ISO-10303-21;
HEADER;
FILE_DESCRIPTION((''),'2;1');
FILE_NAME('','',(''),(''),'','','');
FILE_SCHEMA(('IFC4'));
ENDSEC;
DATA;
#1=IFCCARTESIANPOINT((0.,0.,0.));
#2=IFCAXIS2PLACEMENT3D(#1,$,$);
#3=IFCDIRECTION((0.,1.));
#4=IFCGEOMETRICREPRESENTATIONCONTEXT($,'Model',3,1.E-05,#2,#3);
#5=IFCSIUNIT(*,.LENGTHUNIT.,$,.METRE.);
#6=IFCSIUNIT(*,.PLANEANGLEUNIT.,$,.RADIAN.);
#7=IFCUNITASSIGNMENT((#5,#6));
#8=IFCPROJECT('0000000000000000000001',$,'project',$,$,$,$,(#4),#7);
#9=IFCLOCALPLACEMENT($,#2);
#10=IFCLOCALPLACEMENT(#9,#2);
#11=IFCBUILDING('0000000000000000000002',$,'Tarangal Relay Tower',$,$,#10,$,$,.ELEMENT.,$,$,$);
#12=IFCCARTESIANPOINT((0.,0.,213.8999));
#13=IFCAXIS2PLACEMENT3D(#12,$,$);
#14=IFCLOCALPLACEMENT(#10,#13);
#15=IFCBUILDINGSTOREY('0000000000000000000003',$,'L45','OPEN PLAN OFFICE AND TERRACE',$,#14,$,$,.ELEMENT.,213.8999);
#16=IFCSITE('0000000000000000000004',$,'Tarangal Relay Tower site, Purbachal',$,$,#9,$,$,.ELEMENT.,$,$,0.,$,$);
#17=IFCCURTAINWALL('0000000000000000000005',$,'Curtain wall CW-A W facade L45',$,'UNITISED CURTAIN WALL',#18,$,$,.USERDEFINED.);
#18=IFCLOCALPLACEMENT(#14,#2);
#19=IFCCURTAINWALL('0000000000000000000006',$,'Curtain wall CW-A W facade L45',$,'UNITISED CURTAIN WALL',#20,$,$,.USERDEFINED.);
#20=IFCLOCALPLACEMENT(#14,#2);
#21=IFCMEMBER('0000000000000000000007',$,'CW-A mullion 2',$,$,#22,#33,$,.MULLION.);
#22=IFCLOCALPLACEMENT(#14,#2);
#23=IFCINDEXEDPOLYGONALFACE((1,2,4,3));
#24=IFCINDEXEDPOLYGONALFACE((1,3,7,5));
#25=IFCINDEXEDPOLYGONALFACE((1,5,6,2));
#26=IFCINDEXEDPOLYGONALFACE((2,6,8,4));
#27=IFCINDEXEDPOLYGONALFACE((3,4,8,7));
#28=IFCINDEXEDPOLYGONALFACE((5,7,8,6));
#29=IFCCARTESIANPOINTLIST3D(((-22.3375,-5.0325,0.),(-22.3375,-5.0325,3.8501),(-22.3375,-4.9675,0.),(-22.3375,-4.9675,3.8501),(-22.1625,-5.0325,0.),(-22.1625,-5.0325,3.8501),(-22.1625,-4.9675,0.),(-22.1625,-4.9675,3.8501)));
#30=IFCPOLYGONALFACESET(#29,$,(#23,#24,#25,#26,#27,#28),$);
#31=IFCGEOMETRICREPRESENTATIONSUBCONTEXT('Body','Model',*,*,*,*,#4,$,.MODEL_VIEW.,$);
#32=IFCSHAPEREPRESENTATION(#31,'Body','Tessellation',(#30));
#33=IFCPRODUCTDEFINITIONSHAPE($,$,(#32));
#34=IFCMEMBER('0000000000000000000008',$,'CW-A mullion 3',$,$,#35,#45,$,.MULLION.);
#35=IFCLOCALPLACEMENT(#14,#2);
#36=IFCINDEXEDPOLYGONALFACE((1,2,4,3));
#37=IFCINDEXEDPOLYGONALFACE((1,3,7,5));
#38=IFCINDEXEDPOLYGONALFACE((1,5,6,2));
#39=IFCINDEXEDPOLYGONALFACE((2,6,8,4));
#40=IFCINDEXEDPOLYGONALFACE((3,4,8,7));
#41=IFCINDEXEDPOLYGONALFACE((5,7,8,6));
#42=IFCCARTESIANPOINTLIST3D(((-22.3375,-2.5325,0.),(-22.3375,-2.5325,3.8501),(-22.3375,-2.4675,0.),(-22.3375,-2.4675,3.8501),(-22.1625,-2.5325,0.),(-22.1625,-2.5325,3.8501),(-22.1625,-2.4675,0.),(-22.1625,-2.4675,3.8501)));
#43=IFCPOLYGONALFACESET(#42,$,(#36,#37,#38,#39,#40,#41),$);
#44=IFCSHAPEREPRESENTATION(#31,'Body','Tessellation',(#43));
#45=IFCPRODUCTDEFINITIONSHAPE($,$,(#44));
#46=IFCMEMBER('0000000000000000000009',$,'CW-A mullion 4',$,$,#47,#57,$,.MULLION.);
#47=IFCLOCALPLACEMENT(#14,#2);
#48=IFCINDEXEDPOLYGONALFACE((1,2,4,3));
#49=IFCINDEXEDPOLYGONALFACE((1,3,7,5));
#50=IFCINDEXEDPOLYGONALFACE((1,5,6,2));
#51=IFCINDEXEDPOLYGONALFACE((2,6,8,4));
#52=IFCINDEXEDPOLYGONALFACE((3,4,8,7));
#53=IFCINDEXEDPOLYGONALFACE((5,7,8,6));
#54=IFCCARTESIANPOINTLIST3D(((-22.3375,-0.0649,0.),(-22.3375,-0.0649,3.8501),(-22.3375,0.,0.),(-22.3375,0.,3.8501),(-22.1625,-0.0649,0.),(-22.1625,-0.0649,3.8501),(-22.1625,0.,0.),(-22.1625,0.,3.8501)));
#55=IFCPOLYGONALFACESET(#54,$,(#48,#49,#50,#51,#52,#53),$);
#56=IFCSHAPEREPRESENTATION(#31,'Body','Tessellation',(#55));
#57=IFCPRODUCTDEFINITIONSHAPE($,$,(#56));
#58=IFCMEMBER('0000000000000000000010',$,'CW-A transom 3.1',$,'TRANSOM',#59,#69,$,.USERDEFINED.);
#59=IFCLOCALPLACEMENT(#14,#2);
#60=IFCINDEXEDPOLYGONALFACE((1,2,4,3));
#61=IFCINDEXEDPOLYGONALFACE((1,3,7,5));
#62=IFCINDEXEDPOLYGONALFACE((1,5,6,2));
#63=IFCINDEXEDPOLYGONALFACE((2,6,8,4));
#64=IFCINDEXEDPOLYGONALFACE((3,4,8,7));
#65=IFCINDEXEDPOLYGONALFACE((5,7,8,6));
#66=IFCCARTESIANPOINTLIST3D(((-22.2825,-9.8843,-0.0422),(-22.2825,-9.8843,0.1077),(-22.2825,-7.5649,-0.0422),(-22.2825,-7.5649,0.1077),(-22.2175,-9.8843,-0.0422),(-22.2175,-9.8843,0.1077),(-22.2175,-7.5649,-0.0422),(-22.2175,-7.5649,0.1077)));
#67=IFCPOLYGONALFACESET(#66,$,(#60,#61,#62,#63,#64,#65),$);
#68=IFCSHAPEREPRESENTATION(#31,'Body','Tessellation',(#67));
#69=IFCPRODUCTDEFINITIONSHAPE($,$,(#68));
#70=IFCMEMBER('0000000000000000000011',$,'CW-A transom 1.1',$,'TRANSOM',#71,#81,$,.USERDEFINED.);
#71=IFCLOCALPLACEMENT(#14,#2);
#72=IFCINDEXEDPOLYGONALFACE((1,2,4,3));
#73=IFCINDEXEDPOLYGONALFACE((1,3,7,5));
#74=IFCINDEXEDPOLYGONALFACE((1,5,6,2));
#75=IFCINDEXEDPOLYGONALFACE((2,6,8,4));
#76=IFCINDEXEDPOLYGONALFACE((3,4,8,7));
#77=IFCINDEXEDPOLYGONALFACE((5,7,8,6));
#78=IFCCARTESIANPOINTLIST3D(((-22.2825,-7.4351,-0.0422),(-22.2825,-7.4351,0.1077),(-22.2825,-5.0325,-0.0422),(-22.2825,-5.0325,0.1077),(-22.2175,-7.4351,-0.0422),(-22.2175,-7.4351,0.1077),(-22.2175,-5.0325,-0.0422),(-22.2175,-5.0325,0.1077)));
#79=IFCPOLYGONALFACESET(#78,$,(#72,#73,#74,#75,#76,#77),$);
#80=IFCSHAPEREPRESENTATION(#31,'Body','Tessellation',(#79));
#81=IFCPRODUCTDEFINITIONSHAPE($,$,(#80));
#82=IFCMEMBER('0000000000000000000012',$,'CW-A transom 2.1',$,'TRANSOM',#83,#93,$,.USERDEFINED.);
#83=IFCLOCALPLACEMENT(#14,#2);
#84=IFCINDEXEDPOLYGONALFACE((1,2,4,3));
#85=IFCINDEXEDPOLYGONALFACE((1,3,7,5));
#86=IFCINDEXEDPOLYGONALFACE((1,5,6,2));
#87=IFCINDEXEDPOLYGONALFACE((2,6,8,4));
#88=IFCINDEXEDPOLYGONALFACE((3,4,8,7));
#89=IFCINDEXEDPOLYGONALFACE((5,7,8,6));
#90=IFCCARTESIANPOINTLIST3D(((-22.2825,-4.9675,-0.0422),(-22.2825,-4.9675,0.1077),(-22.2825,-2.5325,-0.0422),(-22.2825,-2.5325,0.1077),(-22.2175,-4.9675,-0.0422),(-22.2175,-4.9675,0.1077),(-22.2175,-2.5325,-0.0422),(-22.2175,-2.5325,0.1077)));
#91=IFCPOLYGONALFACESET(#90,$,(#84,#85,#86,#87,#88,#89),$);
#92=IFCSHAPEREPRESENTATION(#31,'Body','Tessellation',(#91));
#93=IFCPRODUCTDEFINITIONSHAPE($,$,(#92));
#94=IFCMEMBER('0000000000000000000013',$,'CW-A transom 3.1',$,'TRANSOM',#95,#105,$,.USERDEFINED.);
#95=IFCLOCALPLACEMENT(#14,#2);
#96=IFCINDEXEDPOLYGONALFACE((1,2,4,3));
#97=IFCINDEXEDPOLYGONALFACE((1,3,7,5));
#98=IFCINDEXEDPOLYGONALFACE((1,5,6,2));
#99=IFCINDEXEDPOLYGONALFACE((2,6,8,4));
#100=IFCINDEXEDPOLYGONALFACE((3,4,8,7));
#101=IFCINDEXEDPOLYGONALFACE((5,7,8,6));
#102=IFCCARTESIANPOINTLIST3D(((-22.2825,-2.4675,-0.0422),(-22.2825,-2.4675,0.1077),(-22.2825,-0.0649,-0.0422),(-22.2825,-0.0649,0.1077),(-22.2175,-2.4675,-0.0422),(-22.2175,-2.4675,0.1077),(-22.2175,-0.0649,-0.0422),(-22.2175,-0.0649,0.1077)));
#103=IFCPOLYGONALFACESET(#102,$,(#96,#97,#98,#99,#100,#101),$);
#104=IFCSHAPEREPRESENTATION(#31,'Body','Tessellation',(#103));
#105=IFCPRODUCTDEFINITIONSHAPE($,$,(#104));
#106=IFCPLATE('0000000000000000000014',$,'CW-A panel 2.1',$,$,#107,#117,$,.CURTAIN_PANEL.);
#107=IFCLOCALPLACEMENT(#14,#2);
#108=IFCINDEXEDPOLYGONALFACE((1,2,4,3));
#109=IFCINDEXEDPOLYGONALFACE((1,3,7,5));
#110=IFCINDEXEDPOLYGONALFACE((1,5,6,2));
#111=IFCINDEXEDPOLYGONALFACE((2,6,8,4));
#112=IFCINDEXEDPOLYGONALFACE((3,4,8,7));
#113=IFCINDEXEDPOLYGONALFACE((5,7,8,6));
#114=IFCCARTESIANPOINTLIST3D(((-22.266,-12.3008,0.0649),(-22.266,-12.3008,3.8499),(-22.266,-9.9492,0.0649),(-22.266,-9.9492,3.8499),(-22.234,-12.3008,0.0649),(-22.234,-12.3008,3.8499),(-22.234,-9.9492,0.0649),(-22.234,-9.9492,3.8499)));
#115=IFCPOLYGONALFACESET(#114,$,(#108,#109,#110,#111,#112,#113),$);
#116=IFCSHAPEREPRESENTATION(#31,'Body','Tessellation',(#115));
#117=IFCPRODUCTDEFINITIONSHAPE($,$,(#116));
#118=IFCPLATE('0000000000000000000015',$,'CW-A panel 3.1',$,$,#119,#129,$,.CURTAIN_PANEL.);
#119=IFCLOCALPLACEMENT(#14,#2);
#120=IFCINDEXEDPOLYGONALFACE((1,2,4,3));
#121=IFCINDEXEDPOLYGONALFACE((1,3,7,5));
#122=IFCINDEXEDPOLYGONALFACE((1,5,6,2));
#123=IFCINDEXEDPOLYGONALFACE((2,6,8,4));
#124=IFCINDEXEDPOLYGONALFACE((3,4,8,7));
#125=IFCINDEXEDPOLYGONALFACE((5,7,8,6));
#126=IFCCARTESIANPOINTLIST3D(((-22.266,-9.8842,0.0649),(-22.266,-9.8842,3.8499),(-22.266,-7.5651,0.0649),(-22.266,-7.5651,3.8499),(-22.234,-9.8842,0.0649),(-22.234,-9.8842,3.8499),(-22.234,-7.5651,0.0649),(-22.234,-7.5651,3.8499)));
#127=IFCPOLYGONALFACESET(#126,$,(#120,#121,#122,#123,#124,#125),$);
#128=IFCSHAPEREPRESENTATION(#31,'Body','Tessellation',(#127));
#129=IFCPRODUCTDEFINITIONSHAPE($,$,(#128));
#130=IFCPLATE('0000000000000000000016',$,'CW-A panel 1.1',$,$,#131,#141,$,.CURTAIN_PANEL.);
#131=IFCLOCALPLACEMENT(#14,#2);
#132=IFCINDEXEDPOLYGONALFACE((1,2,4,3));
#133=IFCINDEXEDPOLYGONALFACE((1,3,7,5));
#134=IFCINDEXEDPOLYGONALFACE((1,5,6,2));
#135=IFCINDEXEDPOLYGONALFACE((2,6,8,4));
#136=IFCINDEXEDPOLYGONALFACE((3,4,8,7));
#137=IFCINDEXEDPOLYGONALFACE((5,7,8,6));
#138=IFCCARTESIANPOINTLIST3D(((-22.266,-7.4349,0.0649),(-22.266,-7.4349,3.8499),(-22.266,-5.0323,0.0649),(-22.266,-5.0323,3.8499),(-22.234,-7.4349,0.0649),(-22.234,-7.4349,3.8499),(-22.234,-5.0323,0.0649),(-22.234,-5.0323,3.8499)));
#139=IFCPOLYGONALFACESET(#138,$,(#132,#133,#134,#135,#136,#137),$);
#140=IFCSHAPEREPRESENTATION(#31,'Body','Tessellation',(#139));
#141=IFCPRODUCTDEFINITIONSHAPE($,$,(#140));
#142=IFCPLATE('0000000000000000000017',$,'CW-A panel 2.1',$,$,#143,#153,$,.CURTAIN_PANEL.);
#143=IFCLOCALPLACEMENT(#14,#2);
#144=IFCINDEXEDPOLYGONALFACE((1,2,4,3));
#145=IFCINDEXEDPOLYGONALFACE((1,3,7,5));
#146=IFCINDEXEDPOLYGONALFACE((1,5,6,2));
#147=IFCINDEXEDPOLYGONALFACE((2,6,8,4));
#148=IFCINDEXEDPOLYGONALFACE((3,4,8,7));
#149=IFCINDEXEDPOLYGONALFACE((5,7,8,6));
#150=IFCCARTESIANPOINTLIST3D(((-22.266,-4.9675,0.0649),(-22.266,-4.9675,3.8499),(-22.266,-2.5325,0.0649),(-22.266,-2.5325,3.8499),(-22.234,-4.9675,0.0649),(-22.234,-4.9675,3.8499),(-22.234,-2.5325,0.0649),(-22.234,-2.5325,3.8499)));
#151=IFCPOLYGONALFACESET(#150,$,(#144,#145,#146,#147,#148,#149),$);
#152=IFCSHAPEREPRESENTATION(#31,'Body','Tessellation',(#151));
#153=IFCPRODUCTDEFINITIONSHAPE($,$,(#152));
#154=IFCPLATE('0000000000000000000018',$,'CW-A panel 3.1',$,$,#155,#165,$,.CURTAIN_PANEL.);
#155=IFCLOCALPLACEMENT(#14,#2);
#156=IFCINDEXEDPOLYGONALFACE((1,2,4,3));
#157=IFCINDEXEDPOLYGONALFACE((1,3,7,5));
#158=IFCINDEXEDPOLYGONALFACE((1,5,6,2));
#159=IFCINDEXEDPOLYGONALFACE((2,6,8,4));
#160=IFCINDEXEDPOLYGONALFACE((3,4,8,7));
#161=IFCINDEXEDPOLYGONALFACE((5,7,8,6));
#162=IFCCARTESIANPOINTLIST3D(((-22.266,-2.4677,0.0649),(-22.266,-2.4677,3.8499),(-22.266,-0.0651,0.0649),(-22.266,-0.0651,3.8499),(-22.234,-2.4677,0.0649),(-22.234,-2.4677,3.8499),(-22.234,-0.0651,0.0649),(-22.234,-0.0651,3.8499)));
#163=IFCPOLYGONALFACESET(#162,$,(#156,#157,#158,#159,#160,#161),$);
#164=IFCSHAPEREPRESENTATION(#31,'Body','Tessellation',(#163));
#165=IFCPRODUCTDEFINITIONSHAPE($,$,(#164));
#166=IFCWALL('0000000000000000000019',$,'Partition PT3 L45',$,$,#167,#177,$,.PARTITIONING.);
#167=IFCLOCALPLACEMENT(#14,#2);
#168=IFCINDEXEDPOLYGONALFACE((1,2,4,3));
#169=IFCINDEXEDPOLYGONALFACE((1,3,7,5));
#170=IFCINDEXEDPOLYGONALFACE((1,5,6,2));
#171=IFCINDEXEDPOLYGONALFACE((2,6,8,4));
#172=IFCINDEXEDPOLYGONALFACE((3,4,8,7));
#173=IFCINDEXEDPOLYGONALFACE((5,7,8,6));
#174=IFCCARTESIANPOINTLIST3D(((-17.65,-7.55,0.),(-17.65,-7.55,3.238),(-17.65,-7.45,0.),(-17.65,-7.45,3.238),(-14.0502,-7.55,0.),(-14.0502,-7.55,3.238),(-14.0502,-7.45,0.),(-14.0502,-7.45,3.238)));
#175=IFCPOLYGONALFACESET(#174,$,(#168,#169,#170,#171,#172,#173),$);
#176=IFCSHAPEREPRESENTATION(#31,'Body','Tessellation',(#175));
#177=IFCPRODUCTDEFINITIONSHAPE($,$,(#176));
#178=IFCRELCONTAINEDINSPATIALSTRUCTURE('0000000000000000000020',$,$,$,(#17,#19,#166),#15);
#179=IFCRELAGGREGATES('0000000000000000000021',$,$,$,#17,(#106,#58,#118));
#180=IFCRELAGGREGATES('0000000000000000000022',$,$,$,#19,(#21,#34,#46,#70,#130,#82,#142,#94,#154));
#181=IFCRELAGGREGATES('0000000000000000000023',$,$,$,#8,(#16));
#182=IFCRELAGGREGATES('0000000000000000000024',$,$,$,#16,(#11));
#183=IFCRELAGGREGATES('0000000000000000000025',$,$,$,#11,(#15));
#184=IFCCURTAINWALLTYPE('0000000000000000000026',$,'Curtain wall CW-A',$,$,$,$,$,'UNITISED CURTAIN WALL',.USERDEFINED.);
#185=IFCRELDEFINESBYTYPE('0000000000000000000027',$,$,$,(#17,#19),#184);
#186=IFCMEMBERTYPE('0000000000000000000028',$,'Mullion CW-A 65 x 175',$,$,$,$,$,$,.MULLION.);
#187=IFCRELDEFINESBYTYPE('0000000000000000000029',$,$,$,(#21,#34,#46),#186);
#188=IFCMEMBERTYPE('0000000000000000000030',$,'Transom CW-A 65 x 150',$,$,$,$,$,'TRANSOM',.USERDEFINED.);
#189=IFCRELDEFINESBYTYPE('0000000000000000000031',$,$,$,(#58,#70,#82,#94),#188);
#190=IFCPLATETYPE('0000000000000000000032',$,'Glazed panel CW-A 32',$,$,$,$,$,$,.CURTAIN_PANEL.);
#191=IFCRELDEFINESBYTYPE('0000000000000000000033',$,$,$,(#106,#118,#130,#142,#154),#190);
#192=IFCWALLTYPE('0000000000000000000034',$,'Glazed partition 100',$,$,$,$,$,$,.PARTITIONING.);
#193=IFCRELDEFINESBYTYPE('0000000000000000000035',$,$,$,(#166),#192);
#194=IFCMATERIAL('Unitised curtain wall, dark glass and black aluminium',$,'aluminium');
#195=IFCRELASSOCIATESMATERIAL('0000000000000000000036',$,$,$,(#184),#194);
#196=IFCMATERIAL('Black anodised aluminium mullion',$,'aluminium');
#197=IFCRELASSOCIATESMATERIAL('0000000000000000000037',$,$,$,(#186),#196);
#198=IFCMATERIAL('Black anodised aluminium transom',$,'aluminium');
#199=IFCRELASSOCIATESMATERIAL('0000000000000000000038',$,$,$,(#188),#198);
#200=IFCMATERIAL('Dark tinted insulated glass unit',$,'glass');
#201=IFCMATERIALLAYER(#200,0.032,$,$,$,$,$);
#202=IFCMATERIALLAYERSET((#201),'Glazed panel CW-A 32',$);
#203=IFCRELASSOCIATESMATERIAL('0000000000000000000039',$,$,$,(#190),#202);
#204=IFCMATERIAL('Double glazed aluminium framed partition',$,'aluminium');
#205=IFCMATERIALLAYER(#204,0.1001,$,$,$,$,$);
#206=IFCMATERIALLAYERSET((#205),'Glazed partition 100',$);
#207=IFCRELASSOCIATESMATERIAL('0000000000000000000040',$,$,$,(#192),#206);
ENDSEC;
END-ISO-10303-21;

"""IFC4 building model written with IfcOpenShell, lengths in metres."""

from ifc_helpers import new_model, si_unit, direction, frame, frame_2d, origin, origin_2d, place, context, subcontext, project, spatial, rectangle, extrude, material, layer, layer_set, material_profile, profile_set, type_object, element, aggregate, save


model = new_model("IFC4")

# Units and contexts
model_context = context("Model", 3, precision=1e-05, world=origin(), true_north=direction((0.0, 1.0)))
body_context = subcontext(model_context, "Body", "Model", "MODEL_VIEW")
ifc_project = project(units=[si_unit("LENGTHUNIT", "METRE"), si_unit("PLANEANGLEUNIT", "RADIAN")], contexts=[model_context])

# Site, building, storey
site_placement = place(None, origin())
site = spatial("IfcSite", under=ifc_project, at=site_placement, Name="Tarangal Relay Tower site, Purbachal", CompositionType="ELEMENT", RefElevation=0.0)
building_placement = place(site_placement, origin())
building = spatial("IfcBuilding", under=site, at=building_placement, Name="Tarangal Relay Tower", CompositionType="ELEMENT")
storey_placement = place(building_placement, frame((0.0, 0.0, 213.8999)))
storey = spatial("IfcBuildingStorey", under=building, at=storey_placement, Name="L45", Description="OPEN PLAN OFFICE AND TERRACE", CompositionType="ELEMENT", Elevation=213.8999)

# Curtain walls, members
ifc_material_1 = material(Name="Unitised curtain wall, dark glass and black aluminium", Category="aluminium")
curtain_wall_type = type_object("IfcCurtainWallType", Name="Curtain wall CW-A", ElementType="UNITISED CURTAIN WALL", PredefinedType="USERDEFINED", material=ifc_material_1)
curtain_wall_1_placement = place(storey_placement, origin())
curtain_wall_1 = element("IfcCurtainWall", 1, at=curtain_wall_1_placement, inside=storey, type_object=curtain_wall_type, Name="Curtain wall CW-A W facade L45", ObjectType="UNITISED CURTAIN WALL", PredefinedType="USERDEFINED")
ifc_material_2 = material(Name="Black anodised aluminium mullion", Category="aluminium")
ifc_material_profile_1 = material_profile(ifc_material_2, rectangle(XDim=0.175, YDim=0.0649, at=origin_2d()), Name="CW-AM 65X175")
ifc_profile_set_1 = profile_set([ifc_material_profile_1], Name="Black anodised aluminium mullion")
member_type_1 = type_object("IfcMemberType", Name="Mullion CW-A 65 x 175", PredefinedType="MULLION", material=ifc_profile_set_1)
curtain_wall_2_placement = place(storey_placement, origin())
curtain_wall_2 = element("IfcCurtainWall", 2, at=curtain_wall_2_placement, inside=storey, type_object=curtain_wall_type, Name="Curtain wall CW-A W facade L45", ObjectType="UNITISED CURTAIN WALL", PredefinedType="USERDEFINED")
member_1_placement = place(storey_placement, frame((-22.25, -5.0, 0.0), z_axis=(0.0, 0.0, 1.0), x_axis=(-1.0, 0.0, 0.0)))
member_1 = element("IfcMember", 3, at=member_1_placement, type_object=member_type_1, Name="CW-A mullion 2", PredefinedType="MULLION", context=body_context, shape_type="SweptSolid", body=[
    extrude(rectangle(XDim=0.175, YDim=0.0649, at=origin_2d()), origin(), (0.0, 0.0, 1.0), 3.8501),
])
member_2_placement = place(storey_placement, frame((-22.25, -2.5, 0.0), z_axis=(0.0, 0.0, 1.0), x_axis=(-1.0, 0.0, 0.0)))
member_2 = element("IfcMember", 4, at=member_2_placement, type_object=member_type_1, Name="CW-A mullion 3", PredefinedType="MULLION", context=body_context, shape_type="SweptSolid", body=[
    extrude(rectangle(XDim=0.175, YDim=0.0649, at=origin_2d()), origin(), (0.0, 0.0, 1.0), 3.8501),
])
member_3_placement = place(storey_placement, frame((-22.25, -0.0325, 0.0), z_axis=(0.0, 0.0, 1.0), x_axis=(-1.0, 0.0, 0.0)))
member_3 = element("IfcMember", 5, at=member_3_placement, type_object=member_type_1, Name="CW-A mullion 4", PredefinedType="MULLION", context=body_context, shape_type="SweptSolid", body=[
    extrude(rectangle(XDim=0.175, YDim=0.0649, at=origin_2d()), origin(), (0.0, 0.0, 1.0), 3.8501),
])

# Members
ifc_material_3 = material(Name="Black anodised aluminium transom", Category="aluminium")
ifc_material_profile_2 = material_profile(ifc_material_3, rectangle(XDim=0.0649, YDim=0.1499, at=origin_2d()), Name="CW-AT 65X150")
ifc_profile_set_2 = profile_set([ifc_material_profile_2], Name="Black anodised aluminium transom")
member_type_2 = type_object("IfcMemberType", Name="Transom CW-A 65 x 150", ElementType="TRANSOM", PredefinedType="USERDEFINED", material=ifc_profile_set_2)
member_4_placement = place(storey_placement, frame((-22.25, -9.8843, 0.0327), z_axis=(0.0, 1.0, 0.0), x_axis=(-1.0, 0.0, 0.0)))
member_4 = element("IfcMember", 6, at=member_4_placement, type_object=member_type_2, Name="CW-A transom 3.1", ObjectType="TRANSOM", PredefinedType="USERDEFINED", context=body_context, shape_type="SweptSolid", body=[
    extrude(rectangle(XDim=0.0649, YDim=0.1499, at=origin_2d()), origin(), (0.0, 0.0, 1.0), 2.3193),
])
member_5_placement = place(storey_placement, frame((-22.25, -7.4351, 0.0327), z_axis=(0.0, 1.0, 0.0), x_axis=(-1.0, 0.0, 0.0)))
member_5 = element("IfcMember", 7, at=member_5_placement, type_object=member_type_2, Name="CW-A transom 1.1", ObjectType="TRANSOM", PredefinedType="USERDEFINED", context=body_context, shape_type="SweptSolid", body=[
    extrude(rectangle(XDim=0.0649, YDim=0.1499, at=origin_2d()), origin(), (0.0, 0.0, 1.0), 2.4026),
])
member_6_placement = place(storey_placement, frame((-22.25, -4.9675, 0.0327), z_axis=(0.0, 1.0, 0.0), x_axis=(-1.0, 0.0, 0.0)))
member_6 = element("IfcMember", 8, at=member_6_placement, type_object=member_type_2, Name="CW-A transom 2.1", ObjectType="TRANSOM", PredefinedType="USERDEFINED", context=body_context, shape_type="SweptSolid", body=[
    extrude(rectangle(XDim=0.0649, YDim=0.1499, at=origin_2d()), origin(), (0.0, 0.0, 1.0), 2.4351),
])
member_7_placement = place(storey_placement, frame((-22.25, -2.4675, 0.0327), z_axis=(0.0, 1.0, 0.0), x_axis=(-1.0, 0.0, 0.0)))
member_7 = element("IfcMember", 9, at=member_7_placement, type_object=member_type_2, Name="CW-A transom 3.1", ObjectType="TRANSOM", PredefinedType="USERDEFINED", context=body_context, shape_type="SweptSolid", body=[
    extrude(rectangle(XDim=0.0649, YDim=0.1499, at=origin_2d()), origin(), (0.0, 0.0, 1.0), 2.4026),
])

# Plates
ifc_material_4 = material(Name="Dark tinted insulated glass unit", Category="glass")
ifc_layer_1 = layer(ifc_material_4, 0.032)
ifc_layer_set_1 = layer_set([ifc_layer_1], Name="Glazed panel CW-A 32")
plate_type = type_object("IfcPlateType", Name="Glazed panel CW-A 32", PredefinedType="CURTAIN_PANEL", material=ifc_layer_set_1)
plate_1_placement = place(storey_placement, frame((-22.25, -11.125, 0.0649), z_axis=(0.0, 0.0, 1.0), x_axis=(0.0, 1.0, 0.0)))
plate_1 = element("IfcPlate", 10, at=plate_1_placement, type_object=plate_type, Name="CW-A panel 2.1", PredefinedType="CURTAIN_PANEL", context=body_context, shape_type="SweptSolid", body=[
    extrude(rectangle(XDim=2.3516, YDim=0.032, at=origin_2d()), origin(), (0.0, 0.0, 1.0), 3.7849),
])
plate_2_placement = place(storey_placement, frame((-22.25, -8.7246, 0.0649), z_axis=(0.0, 0.0, 1.0), x_axis=(0.0, 1.0, 0.0)))
plate_2 = element("IfcPlate", 11, at=plate_2_placement, type_object=plate_type, Name="CW-A panel 3.1", PredefinedType="CURTAIN_PANEL", context=body_context, shape_type="SweptSolid", body=[
    extrude(rectangle(XDim=2.3191, YDim=0.032, at=origin_2d()), origin(), (0.0, 0.0, 1.0), 3.7849),
])
aggregate(curtain_wall_1, [plate_1, member_4, plate_2])
plate_3_placement = place(storey_placement, frame((-22.25, -6.2336, 0.0649), z_axis=(0.0, 0.0, 1.0), x_axis=(0.0, 1.0, 0.0)))
plate_3 = element("IfcPlate", 12, at=plate_3_placement, type_object=plate_type, Name="CW-A panel 1.1", PredefinedType="CURTAIN_PANEL", context=body_context, shape_type="SweptSolid", body=[
    extrude(rectangle(XDim=2.4026, YDim=0.032, at=origin_2d()), origin(), (0.0, 0.0, 1.0), 3.7849),
])
plate_4_placement = place(storey_placement, frame((-22.25, -3.75, 0.0649), z_axis=(0.0, 0.0, 1.0), x_axis=(0.0, 1.0, 0.0)))
plate_4 = element("IfcPlate", 13, at=plate_4_placement, type_object=plate_type, Name="CW-A panel 2.1", PredefinedType="CURTAIN_PANEL", context=body_context, shape_type="SweptSolid", body=[
    extrude(rectangle(XDim=2.4351, YDim=0.032, at=origin_2d()), origin(), (0.0, 0.0, 1.0), 3.7849),
])
plate_5_placement = place(storey_placement, frame((-22.25, -1.2664, 0.0649), z_axis=(0.0, 0.0, 1.0), x_axis=(0.0, 1.0, 0.0)))
plate_5 = element("IfcPlate", 14, at=plate_5_placement, type_object=plate_type, Name="CW-A panel 3.1", PredefinedType="CURTAIN_PANEL", context=body_context, shape_type="SweptSolid", body=[
    extrude(rectangle(XDim=2.4026, YDim=0.032, at=origin_2d()), origin(), (0.0, 0.0, 1.0), 3.7849),
])
aggregate(curtain_wall_2, [member_1, member_2, member_3, member_5, plate_3, member_6, plate_4, member_7, plate_5])

# Wall
ifc_material_5 = material(Name="Double glazed aluminium framed partition", Category="aluminium")
ifc_layer_2 = layer(ifc_material_5, 0.1001)
ifc_layer_set_2 = layer_set([ifc_layer_2], Name="Glazed partition 100")
wall_type_1 = type_object("IfcWallType", Name="Glazed partition 100", PredefinedType="PARTITIONING", material=ifc_layer_set_2)
wall_1_placement = place(storey_placement, frame((-17.6499, -7.5, 0.0), z_axis=(0.0, 0.0, 1.0), x_axis=(1.0, 0.0, 0.0)))
element("IfcWall", 15, at=wall_1_placement, inside=storey, type_object=wall_type_1, Name="Partition PT3 L45", PredefinedType="PARTITIONING", context=body_context, shape_type="SweptSolid", body=[
    extrude(rectangle(XDim=3.5999, YDim=0.1001, at=frame_2d((1.7998, 0.0))), origin(), (0.0, 0.0, 1.0), 3.238),
])

save(model, "model.ifc")
